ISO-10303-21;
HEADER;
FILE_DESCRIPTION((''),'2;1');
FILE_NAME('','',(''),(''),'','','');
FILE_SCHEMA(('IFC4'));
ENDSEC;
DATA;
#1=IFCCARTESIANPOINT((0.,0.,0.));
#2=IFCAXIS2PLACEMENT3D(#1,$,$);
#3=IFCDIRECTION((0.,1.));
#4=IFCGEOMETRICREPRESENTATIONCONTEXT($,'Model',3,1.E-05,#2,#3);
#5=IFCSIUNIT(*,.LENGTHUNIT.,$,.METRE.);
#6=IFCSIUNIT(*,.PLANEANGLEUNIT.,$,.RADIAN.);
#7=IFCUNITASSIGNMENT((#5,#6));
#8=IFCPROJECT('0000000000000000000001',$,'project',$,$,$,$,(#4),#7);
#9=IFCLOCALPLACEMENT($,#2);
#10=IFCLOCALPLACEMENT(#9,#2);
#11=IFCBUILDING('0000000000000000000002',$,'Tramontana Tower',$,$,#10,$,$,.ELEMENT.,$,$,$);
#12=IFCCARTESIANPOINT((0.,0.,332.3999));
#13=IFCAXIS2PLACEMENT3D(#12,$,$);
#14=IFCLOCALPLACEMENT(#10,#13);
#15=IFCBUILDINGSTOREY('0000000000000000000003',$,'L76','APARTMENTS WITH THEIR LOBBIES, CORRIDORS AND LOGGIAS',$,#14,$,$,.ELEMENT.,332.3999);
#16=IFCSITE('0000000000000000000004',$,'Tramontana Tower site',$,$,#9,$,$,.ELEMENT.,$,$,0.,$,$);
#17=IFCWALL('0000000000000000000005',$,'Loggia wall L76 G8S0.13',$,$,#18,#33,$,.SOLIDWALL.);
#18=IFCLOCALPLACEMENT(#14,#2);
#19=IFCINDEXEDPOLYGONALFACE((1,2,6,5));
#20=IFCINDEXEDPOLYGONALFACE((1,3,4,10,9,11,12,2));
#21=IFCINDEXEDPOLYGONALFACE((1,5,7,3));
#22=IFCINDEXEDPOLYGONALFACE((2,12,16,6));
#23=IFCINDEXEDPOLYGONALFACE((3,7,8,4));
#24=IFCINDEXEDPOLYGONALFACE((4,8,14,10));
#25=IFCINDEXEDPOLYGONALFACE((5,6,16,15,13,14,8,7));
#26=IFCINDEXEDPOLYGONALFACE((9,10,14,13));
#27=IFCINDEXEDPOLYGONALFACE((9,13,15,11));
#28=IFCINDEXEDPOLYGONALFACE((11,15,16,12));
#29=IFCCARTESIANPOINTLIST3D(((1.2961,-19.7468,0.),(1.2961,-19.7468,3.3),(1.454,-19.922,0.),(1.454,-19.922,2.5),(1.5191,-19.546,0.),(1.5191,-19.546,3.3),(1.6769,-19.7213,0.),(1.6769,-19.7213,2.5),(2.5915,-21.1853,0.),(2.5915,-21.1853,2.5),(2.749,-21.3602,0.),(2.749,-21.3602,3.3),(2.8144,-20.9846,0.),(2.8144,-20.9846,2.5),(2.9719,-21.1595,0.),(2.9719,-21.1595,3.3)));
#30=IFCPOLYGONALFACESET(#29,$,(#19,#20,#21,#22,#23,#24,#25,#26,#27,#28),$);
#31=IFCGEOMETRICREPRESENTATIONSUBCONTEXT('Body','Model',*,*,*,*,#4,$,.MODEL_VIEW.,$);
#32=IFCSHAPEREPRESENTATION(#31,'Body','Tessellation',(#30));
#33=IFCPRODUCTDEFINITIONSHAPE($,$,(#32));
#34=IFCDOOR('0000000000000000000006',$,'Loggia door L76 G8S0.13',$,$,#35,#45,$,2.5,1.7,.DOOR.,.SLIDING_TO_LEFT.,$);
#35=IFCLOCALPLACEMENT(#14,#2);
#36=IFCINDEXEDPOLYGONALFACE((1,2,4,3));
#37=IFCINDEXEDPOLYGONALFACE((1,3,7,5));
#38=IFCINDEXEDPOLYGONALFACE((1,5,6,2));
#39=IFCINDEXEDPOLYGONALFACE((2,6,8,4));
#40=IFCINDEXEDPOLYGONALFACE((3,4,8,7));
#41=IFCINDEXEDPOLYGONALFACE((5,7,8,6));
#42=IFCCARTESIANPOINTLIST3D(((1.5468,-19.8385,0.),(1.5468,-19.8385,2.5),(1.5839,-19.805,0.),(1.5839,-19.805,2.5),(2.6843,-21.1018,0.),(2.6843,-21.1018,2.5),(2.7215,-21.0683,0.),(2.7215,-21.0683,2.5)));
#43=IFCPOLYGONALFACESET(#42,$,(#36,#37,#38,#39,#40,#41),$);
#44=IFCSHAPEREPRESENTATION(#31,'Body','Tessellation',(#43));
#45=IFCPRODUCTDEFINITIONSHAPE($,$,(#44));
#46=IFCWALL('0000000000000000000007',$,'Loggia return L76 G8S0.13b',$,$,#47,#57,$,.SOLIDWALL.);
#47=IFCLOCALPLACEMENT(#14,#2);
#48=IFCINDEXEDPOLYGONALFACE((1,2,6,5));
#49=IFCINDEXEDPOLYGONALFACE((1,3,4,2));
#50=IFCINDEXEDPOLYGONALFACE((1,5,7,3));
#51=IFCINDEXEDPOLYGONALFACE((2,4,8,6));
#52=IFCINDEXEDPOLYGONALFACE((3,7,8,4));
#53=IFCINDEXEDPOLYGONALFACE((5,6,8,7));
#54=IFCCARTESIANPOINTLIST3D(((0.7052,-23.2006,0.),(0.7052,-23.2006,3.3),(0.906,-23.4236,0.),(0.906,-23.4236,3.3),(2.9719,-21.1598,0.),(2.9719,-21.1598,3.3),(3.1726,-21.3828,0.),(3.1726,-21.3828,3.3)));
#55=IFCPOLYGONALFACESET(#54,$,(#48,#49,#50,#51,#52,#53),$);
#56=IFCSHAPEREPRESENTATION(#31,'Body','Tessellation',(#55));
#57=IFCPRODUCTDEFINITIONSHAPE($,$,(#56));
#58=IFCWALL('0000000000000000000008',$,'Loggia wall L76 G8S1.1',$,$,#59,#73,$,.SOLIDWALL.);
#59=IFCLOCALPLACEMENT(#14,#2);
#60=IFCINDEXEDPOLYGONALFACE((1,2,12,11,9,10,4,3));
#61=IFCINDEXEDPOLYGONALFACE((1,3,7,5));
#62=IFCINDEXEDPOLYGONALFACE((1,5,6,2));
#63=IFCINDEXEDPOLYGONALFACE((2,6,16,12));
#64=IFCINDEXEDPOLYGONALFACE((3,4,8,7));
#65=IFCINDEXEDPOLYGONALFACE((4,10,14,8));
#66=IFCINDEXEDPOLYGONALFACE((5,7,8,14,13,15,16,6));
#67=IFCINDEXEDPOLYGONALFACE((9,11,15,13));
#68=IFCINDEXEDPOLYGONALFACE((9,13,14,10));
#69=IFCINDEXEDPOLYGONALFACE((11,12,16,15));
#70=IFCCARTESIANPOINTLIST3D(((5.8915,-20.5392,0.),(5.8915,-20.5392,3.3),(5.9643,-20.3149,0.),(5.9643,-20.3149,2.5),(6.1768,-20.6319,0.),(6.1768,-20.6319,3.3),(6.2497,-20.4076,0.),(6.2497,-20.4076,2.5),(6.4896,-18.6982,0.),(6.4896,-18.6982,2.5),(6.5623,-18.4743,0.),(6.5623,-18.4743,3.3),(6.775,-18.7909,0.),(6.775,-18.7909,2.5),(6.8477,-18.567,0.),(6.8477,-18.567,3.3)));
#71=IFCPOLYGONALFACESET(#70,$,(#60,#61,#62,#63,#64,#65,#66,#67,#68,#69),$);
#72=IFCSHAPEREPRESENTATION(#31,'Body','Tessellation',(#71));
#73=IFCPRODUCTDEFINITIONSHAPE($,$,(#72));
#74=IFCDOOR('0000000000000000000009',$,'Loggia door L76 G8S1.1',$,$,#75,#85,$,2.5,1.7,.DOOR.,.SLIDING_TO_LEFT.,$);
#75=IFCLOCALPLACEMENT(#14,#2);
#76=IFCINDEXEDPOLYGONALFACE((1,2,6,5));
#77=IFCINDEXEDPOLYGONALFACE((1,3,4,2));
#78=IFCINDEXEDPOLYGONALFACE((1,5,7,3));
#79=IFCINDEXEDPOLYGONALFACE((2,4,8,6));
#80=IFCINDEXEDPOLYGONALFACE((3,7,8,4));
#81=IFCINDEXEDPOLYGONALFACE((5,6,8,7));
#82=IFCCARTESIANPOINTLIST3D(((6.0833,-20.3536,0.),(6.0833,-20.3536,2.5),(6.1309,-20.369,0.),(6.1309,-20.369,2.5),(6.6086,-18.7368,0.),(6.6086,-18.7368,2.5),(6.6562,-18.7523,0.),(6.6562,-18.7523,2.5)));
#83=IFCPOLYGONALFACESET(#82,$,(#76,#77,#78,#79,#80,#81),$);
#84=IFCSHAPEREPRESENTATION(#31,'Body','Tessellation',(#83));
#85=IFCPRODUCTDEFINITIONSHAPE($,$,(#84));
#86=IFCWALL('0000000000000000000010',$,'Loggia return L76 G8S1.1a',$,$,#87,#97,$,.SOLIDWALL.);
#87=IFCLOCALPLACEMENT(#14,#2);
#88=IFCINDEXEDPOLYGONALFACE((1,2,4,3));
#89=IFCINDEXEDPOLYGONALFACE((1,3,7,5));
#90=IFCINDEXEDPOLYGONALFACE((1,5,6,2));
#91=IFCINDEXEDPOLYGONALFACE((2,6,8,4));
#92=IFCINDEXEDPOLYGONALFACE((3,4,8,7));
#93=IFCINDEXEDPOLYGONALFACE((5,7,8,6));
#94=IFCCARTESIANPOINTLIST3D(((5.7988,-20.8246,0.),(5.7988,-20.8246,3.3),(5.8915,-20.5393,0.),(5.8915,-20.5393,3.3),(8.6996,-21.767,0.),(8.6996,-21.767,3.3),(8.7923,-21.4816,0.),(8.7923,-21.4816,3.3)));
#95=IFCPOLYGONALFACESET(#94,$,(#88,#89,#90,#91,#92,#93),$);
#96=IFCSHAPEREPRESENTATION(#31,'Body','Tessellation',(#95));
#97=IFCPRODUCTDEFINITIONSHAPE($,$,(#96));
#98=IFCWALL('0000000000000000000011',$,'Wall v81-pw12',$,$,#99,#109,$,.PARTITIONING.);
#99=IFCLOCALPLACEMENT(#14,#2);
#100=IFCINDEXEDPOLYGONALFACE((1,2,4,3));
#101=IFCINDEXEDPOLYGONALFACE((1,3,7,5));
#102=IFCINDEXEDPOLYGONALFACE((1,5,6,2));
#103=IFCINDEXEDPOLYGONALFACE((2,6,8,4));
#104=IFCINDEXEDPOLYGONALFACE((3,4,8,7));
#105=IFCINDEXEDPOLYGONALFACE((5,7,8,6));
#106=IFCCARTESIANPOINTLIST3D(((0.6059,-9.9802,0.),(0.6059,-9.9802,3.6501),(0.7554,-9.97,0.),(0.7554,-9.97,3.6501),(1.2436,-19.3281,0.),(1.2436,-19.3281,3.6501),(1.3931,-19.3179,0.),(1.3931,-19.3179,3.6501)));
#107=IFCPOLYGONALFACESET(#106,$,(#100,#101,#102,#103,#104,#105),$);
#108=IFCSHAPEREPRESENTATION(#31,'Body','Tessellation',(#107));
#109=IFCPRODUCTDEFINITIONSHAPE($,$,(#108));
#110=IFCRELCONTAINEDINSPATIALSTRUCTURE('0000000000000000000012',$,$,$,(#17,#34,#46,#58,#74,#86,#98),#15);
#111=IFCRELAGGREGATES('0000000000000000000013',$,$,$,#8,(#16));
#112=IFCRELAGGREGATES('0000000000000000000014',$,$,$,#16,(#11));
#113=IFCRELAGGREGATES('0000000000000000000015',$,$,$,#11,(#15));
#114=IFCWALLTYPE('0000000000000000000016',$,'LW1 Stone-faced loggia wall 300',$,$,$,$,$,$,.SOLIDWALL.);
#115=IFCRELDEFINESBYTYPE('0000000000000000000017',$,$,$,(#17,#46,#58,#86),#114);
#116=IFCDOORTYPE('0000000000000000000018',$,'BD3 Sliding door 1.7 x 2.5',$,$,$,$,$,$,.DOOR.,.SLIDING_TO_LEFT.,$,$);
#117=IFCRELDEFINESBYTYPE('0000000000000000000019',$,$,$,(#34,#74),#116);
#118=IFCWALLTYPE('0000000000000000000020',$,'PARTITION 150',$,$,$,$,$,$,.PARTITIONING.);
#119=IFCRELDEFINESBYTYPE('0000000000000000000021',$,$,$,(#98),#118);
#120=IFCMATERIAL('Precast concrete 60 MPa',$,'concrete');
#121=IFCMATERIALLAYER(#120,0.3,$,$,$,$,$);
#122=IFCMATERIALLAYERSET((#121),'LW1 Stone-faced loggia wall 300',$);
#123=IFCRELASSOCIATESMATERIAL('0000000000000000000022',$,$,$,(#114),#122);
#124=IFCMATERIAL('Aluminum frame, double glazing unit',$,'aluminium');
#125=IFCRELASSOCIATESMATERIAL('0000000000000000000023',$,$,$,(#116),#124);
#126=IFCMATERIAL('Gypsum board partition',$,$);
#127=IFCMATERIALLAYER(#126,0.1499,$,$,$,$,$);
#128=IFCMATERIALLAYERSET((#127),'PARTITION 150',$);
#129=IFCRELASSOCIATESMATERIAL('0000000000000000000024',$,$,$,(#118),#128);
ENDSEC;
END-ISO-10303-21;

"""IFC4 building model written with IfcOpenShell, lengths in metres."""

from ifc_helpers import new_model, si_unit, direction, frame, frame_2d, origin, place, context, subcontext, project, spatial, rectangle, extrude, material, layer, layer_set, type_object, element, fill, save


model = new_model("IFC4")

# Units and contexts
model_context = context("Model", 3, precision=1e-05, world=origin(), true_north=direction((0.0, 1.0)))
body_context = subcontext(model_context, "Body", "Model", "MODEL_VIEW")
ifc_project = project(units=[si_unit("LENGTHUNIT", "METRE"), si_unit("PLANEANGLEUNIT", "RADIAN")], contexts=[model_context])

# Site, building, storey
site_placement = place(None, origin())
site = spatial("IfcSite", under=ifc_project, at=site_placement, Name="Tramontana Tower site", CompositionType="ELEMENT", RefElevation=0.0)
building_placement = place(site_placement, origin())
building = spatial("IfcBuilding", under=site, at=building_placement, Name="Tramontana Tower", CompositionType="ELEMENT")
storey_placement = place(building_placement, frame((0.0, 0.0, 332.3999)))
storey = spatial("IfcBuildingStorey", under=building, at=storey_placement, Name="L76", Description="APARTMENTS WITH THEIR LOBBIES, CORRIDORS AND LOGGIAS", CompositionType="ELEMENT", Elevation=332.3999)

# Wall, opening, door
ifc_material_1 = material(Name="Precast concrete 60 MPa", Category="concrete")
ifc_layer_1 = layer(ifc_material_1, 0.3)
ifc_layer_set_1 = layer_set([ifc_layer_1], Name="LW1 Stone-faced loggia wall 300")
wall_type_1 = type_object("IfcWallType", Name="LW1 Stone-faced loggia wall 300", PredefinedType="SOLIDWALL", material=ifc_layer_set_1)
wall_1_placement = place(storey_placement, frame((1.4077, -19.6465, 0.0), z_axis=(0.0, 0.0, 1.0), x_axis=(0.669145, -0.743132, 0.0)))
wall_1 = element("IfcWall", 1, at=wall_1_placement, inside=storey, type_object=wall_type_1, Name="Loggia wall L76 G8S0.13", PredefinedType="SOLIDWALL", context=body_context, shape_type="SweptSolid", body=[
    extrude(rectangle(XDim=2.1711, YDim=0.3, at=frame_2d((1.0854, 0.0))), origin(), (0.0, 0.0, 1.0), 3.3),
])
opening_1_placement = place(wall_1_placement, frame((0.2356, 0.0, 0.0)))
opening_1 = element("IfcOpeningElement", 2, at=opening_1_placement, cuts=wall_1, PredefinedType="OPENING", context=body_context, shape_type="SweptSolid", body=[
    extrude(rectangle(XDim=1.7, YDim=2.5, at=frame_2d((0.8501, 1.25))), frame((0.0, 0.1599, 0.0), z_axis=(0.0, -1.0, 0.0), x_axis=(1.0, 0.0, 0.0)), (0.0, 0.0, 1.0), 0.3201),
])
ifc_material_2 = material(Name="Aluminum frame, double glazing unit", Category="aluminium")
door_type_1 = type_object("IfcDoorType", Name="BD3 Sliding door 1.7 x 2.5", OperationType="SLIDING_TO_LEFT", PredefinedType="DOOR", material=ifc_material_2)
door_1_placement = place(opening_1_placement, origin())
door_1 = element("IfcDoor", 3, at=door_1_placement, inside=storey, type_object=door_type_1, Name="Loggia door L76 G8S0.13", OperationType="SLIDING_TO_LEFT", OverallHeight=2.5, OverallWidth=1.7, PredefinedType="DOOR", context=body_context, shape_type="SweptSolid", body=[
    extrude(rectangle(XDim=1.7, YDim=2.5, at=frame_2d((0.8501, 1.25))), frame((0.0, 0.0249, 0.0), z_axis=(0.0, -1.0, 0.0), x_axis=(1.0, 0.0, 0.0)), (0.0, 0.0, 1.0), 0.05),
])
fill(opening_1, door_1)

# Wall
wall_2_placement = place(storey_placement, frame((0.8057, -23.312, 0.0), z_axis=(0.0, 0.0, 1.0), x_axis=(0.743159, 0.669115, 0.0)))
element("IfcWall", 4, at=wall_2_placement, inside=storey, type_object=wall_type_1, Name="Loggia return L76 G8S0.13b", PredefinedType="SOLIDWALL", context=body_context, shape_type="SweptSolid", body=[
    extrude(rectangle(XDim=3.05, YDim=0.3, at=frame_2d((1.5249, 0.0))), origin(), (0.0, 0.0, 1.0), 3.3),
])

# Wall, opening, door
wall_3_placement = place(storey_placement, frame((6.0342, -20.5854, 0.0), z_axis=(0.0, 0.0, 1.0), x_axis=(0.309, 0.951062, 0.0)))
wall_3 = element("IfcWall", 5, at=wall_3_placement, inside=storey, type_object=wall_type_1, Name="Loggia wall L76 G8S1.1", PredefinedType="SOLIDWALL", context=body_context, shape_type="SweptSolid", body=[
    extrude(rectangle(XDim=2.1711, YDim=0.3, at=frame_2d((1.0854, 0.0))), origin(), (0.0, 0.0, 1.0), 3.3),
])
opening_2_placement = place(wall_3_placement, frame((0.2356, 0.0, 0.0)))
opening_2 = element("IfcOpeningElement", 6, at=opening_2_placement, cuts=wall_3, PredefinedType="OPENING", context=body_context, shape_type="SweptSolid", body=[
    extrude(rectangle(XDim=1.7, YDim=2.5, at=frame_2d((0.8501, 1.25))), frame((0.0, 0.1599, 0.0), z_axis=(0.0, -1.0, 0.0), x_axis=(1.0, 0.0, 0.0)), (0.0, 0.0, 1.0), 0.3201),
])
door_2_placement = place(opening_2_placement, origin())
door_2 = element("IfcDoor", 7, at=door_2_placement, inside=storey, type_object=door_type_1, Name="Loggia door L76 G8S1.1", OperationType="SLIDING_TO_LEFT", OverallHeight=2.5, OverallWidth=1.7, PredefinedType="DOOR", context=body_context, shape_type="SweptSolid", body=[
    extrude(rectangle(XDim=1.7, YDim=2.5, at=frame_2d((0.8501, 1.25))), frame((0.0, 0.0249, 0.0), z_axis=(0.0, -1.0, 0.0), x_axis=(1.0, 0.0, 0.0)), (0.0, 0.0, 1.0), 0.05),
])
fill(opening_2, door_2)

# Walls
wall_4_placement = place(storey_placement, frame((8.7458, -21.6243, 0.0), z_axis=(0.0, 0.0, 1.0), x_axis=(-0.951073, 0.308967, 0.0)))
element("IfcWall", 8, at=wall_4_placement, inside=storey, type_object=wall_type_1, Name="Loggia return L76 G8S1.1a", PredefinedType="SOLIDWALL", context=body_context, shape_type="SweptSolid", body=[
    extrude(rectangle(XDim=3.05, YDim=0.3, at=frame_2d((1.5249, 0.0))), origin(), (0.0, 0.0, 1.0), 3.3),
])
ifc_material_3 = material(Name="Gypsum board partition")
ifc_layer_2 = layer(ifc_material_3, 0.1499)
ifc_layer_set_2 = layer_set([ifc_layer_2], Name="PARTITION 150")
wall_type_2 = type_object("IfcWallType", Name="PARTITION 150", PredefinedType="PARTITIONING", material=ifc_layer_set_2)
wall_5_placement = place(storey_placement, frame((1.3184, -19.323, 0.0), z_axis=(0.0, 0.0, 1.0), x_axis=(-0.06806, 0.997681, 0.0)))
element("IfcWall", 9, at=wall_5_placement, inside=storey, type_object=wall_type_2, Name="Wall v81-pw12", PredefinedType="PARTITIONING", context=body_context, shape_type="SweptSolid", body=[
    extrude(rectangle(XDim=9.3696, YDim=0.1499, at=frame_2d((4.6848, 0.0))), origin(), (0.0, 0.0, 1.0), 3.6501),
])

save(model, "model.ifc")
